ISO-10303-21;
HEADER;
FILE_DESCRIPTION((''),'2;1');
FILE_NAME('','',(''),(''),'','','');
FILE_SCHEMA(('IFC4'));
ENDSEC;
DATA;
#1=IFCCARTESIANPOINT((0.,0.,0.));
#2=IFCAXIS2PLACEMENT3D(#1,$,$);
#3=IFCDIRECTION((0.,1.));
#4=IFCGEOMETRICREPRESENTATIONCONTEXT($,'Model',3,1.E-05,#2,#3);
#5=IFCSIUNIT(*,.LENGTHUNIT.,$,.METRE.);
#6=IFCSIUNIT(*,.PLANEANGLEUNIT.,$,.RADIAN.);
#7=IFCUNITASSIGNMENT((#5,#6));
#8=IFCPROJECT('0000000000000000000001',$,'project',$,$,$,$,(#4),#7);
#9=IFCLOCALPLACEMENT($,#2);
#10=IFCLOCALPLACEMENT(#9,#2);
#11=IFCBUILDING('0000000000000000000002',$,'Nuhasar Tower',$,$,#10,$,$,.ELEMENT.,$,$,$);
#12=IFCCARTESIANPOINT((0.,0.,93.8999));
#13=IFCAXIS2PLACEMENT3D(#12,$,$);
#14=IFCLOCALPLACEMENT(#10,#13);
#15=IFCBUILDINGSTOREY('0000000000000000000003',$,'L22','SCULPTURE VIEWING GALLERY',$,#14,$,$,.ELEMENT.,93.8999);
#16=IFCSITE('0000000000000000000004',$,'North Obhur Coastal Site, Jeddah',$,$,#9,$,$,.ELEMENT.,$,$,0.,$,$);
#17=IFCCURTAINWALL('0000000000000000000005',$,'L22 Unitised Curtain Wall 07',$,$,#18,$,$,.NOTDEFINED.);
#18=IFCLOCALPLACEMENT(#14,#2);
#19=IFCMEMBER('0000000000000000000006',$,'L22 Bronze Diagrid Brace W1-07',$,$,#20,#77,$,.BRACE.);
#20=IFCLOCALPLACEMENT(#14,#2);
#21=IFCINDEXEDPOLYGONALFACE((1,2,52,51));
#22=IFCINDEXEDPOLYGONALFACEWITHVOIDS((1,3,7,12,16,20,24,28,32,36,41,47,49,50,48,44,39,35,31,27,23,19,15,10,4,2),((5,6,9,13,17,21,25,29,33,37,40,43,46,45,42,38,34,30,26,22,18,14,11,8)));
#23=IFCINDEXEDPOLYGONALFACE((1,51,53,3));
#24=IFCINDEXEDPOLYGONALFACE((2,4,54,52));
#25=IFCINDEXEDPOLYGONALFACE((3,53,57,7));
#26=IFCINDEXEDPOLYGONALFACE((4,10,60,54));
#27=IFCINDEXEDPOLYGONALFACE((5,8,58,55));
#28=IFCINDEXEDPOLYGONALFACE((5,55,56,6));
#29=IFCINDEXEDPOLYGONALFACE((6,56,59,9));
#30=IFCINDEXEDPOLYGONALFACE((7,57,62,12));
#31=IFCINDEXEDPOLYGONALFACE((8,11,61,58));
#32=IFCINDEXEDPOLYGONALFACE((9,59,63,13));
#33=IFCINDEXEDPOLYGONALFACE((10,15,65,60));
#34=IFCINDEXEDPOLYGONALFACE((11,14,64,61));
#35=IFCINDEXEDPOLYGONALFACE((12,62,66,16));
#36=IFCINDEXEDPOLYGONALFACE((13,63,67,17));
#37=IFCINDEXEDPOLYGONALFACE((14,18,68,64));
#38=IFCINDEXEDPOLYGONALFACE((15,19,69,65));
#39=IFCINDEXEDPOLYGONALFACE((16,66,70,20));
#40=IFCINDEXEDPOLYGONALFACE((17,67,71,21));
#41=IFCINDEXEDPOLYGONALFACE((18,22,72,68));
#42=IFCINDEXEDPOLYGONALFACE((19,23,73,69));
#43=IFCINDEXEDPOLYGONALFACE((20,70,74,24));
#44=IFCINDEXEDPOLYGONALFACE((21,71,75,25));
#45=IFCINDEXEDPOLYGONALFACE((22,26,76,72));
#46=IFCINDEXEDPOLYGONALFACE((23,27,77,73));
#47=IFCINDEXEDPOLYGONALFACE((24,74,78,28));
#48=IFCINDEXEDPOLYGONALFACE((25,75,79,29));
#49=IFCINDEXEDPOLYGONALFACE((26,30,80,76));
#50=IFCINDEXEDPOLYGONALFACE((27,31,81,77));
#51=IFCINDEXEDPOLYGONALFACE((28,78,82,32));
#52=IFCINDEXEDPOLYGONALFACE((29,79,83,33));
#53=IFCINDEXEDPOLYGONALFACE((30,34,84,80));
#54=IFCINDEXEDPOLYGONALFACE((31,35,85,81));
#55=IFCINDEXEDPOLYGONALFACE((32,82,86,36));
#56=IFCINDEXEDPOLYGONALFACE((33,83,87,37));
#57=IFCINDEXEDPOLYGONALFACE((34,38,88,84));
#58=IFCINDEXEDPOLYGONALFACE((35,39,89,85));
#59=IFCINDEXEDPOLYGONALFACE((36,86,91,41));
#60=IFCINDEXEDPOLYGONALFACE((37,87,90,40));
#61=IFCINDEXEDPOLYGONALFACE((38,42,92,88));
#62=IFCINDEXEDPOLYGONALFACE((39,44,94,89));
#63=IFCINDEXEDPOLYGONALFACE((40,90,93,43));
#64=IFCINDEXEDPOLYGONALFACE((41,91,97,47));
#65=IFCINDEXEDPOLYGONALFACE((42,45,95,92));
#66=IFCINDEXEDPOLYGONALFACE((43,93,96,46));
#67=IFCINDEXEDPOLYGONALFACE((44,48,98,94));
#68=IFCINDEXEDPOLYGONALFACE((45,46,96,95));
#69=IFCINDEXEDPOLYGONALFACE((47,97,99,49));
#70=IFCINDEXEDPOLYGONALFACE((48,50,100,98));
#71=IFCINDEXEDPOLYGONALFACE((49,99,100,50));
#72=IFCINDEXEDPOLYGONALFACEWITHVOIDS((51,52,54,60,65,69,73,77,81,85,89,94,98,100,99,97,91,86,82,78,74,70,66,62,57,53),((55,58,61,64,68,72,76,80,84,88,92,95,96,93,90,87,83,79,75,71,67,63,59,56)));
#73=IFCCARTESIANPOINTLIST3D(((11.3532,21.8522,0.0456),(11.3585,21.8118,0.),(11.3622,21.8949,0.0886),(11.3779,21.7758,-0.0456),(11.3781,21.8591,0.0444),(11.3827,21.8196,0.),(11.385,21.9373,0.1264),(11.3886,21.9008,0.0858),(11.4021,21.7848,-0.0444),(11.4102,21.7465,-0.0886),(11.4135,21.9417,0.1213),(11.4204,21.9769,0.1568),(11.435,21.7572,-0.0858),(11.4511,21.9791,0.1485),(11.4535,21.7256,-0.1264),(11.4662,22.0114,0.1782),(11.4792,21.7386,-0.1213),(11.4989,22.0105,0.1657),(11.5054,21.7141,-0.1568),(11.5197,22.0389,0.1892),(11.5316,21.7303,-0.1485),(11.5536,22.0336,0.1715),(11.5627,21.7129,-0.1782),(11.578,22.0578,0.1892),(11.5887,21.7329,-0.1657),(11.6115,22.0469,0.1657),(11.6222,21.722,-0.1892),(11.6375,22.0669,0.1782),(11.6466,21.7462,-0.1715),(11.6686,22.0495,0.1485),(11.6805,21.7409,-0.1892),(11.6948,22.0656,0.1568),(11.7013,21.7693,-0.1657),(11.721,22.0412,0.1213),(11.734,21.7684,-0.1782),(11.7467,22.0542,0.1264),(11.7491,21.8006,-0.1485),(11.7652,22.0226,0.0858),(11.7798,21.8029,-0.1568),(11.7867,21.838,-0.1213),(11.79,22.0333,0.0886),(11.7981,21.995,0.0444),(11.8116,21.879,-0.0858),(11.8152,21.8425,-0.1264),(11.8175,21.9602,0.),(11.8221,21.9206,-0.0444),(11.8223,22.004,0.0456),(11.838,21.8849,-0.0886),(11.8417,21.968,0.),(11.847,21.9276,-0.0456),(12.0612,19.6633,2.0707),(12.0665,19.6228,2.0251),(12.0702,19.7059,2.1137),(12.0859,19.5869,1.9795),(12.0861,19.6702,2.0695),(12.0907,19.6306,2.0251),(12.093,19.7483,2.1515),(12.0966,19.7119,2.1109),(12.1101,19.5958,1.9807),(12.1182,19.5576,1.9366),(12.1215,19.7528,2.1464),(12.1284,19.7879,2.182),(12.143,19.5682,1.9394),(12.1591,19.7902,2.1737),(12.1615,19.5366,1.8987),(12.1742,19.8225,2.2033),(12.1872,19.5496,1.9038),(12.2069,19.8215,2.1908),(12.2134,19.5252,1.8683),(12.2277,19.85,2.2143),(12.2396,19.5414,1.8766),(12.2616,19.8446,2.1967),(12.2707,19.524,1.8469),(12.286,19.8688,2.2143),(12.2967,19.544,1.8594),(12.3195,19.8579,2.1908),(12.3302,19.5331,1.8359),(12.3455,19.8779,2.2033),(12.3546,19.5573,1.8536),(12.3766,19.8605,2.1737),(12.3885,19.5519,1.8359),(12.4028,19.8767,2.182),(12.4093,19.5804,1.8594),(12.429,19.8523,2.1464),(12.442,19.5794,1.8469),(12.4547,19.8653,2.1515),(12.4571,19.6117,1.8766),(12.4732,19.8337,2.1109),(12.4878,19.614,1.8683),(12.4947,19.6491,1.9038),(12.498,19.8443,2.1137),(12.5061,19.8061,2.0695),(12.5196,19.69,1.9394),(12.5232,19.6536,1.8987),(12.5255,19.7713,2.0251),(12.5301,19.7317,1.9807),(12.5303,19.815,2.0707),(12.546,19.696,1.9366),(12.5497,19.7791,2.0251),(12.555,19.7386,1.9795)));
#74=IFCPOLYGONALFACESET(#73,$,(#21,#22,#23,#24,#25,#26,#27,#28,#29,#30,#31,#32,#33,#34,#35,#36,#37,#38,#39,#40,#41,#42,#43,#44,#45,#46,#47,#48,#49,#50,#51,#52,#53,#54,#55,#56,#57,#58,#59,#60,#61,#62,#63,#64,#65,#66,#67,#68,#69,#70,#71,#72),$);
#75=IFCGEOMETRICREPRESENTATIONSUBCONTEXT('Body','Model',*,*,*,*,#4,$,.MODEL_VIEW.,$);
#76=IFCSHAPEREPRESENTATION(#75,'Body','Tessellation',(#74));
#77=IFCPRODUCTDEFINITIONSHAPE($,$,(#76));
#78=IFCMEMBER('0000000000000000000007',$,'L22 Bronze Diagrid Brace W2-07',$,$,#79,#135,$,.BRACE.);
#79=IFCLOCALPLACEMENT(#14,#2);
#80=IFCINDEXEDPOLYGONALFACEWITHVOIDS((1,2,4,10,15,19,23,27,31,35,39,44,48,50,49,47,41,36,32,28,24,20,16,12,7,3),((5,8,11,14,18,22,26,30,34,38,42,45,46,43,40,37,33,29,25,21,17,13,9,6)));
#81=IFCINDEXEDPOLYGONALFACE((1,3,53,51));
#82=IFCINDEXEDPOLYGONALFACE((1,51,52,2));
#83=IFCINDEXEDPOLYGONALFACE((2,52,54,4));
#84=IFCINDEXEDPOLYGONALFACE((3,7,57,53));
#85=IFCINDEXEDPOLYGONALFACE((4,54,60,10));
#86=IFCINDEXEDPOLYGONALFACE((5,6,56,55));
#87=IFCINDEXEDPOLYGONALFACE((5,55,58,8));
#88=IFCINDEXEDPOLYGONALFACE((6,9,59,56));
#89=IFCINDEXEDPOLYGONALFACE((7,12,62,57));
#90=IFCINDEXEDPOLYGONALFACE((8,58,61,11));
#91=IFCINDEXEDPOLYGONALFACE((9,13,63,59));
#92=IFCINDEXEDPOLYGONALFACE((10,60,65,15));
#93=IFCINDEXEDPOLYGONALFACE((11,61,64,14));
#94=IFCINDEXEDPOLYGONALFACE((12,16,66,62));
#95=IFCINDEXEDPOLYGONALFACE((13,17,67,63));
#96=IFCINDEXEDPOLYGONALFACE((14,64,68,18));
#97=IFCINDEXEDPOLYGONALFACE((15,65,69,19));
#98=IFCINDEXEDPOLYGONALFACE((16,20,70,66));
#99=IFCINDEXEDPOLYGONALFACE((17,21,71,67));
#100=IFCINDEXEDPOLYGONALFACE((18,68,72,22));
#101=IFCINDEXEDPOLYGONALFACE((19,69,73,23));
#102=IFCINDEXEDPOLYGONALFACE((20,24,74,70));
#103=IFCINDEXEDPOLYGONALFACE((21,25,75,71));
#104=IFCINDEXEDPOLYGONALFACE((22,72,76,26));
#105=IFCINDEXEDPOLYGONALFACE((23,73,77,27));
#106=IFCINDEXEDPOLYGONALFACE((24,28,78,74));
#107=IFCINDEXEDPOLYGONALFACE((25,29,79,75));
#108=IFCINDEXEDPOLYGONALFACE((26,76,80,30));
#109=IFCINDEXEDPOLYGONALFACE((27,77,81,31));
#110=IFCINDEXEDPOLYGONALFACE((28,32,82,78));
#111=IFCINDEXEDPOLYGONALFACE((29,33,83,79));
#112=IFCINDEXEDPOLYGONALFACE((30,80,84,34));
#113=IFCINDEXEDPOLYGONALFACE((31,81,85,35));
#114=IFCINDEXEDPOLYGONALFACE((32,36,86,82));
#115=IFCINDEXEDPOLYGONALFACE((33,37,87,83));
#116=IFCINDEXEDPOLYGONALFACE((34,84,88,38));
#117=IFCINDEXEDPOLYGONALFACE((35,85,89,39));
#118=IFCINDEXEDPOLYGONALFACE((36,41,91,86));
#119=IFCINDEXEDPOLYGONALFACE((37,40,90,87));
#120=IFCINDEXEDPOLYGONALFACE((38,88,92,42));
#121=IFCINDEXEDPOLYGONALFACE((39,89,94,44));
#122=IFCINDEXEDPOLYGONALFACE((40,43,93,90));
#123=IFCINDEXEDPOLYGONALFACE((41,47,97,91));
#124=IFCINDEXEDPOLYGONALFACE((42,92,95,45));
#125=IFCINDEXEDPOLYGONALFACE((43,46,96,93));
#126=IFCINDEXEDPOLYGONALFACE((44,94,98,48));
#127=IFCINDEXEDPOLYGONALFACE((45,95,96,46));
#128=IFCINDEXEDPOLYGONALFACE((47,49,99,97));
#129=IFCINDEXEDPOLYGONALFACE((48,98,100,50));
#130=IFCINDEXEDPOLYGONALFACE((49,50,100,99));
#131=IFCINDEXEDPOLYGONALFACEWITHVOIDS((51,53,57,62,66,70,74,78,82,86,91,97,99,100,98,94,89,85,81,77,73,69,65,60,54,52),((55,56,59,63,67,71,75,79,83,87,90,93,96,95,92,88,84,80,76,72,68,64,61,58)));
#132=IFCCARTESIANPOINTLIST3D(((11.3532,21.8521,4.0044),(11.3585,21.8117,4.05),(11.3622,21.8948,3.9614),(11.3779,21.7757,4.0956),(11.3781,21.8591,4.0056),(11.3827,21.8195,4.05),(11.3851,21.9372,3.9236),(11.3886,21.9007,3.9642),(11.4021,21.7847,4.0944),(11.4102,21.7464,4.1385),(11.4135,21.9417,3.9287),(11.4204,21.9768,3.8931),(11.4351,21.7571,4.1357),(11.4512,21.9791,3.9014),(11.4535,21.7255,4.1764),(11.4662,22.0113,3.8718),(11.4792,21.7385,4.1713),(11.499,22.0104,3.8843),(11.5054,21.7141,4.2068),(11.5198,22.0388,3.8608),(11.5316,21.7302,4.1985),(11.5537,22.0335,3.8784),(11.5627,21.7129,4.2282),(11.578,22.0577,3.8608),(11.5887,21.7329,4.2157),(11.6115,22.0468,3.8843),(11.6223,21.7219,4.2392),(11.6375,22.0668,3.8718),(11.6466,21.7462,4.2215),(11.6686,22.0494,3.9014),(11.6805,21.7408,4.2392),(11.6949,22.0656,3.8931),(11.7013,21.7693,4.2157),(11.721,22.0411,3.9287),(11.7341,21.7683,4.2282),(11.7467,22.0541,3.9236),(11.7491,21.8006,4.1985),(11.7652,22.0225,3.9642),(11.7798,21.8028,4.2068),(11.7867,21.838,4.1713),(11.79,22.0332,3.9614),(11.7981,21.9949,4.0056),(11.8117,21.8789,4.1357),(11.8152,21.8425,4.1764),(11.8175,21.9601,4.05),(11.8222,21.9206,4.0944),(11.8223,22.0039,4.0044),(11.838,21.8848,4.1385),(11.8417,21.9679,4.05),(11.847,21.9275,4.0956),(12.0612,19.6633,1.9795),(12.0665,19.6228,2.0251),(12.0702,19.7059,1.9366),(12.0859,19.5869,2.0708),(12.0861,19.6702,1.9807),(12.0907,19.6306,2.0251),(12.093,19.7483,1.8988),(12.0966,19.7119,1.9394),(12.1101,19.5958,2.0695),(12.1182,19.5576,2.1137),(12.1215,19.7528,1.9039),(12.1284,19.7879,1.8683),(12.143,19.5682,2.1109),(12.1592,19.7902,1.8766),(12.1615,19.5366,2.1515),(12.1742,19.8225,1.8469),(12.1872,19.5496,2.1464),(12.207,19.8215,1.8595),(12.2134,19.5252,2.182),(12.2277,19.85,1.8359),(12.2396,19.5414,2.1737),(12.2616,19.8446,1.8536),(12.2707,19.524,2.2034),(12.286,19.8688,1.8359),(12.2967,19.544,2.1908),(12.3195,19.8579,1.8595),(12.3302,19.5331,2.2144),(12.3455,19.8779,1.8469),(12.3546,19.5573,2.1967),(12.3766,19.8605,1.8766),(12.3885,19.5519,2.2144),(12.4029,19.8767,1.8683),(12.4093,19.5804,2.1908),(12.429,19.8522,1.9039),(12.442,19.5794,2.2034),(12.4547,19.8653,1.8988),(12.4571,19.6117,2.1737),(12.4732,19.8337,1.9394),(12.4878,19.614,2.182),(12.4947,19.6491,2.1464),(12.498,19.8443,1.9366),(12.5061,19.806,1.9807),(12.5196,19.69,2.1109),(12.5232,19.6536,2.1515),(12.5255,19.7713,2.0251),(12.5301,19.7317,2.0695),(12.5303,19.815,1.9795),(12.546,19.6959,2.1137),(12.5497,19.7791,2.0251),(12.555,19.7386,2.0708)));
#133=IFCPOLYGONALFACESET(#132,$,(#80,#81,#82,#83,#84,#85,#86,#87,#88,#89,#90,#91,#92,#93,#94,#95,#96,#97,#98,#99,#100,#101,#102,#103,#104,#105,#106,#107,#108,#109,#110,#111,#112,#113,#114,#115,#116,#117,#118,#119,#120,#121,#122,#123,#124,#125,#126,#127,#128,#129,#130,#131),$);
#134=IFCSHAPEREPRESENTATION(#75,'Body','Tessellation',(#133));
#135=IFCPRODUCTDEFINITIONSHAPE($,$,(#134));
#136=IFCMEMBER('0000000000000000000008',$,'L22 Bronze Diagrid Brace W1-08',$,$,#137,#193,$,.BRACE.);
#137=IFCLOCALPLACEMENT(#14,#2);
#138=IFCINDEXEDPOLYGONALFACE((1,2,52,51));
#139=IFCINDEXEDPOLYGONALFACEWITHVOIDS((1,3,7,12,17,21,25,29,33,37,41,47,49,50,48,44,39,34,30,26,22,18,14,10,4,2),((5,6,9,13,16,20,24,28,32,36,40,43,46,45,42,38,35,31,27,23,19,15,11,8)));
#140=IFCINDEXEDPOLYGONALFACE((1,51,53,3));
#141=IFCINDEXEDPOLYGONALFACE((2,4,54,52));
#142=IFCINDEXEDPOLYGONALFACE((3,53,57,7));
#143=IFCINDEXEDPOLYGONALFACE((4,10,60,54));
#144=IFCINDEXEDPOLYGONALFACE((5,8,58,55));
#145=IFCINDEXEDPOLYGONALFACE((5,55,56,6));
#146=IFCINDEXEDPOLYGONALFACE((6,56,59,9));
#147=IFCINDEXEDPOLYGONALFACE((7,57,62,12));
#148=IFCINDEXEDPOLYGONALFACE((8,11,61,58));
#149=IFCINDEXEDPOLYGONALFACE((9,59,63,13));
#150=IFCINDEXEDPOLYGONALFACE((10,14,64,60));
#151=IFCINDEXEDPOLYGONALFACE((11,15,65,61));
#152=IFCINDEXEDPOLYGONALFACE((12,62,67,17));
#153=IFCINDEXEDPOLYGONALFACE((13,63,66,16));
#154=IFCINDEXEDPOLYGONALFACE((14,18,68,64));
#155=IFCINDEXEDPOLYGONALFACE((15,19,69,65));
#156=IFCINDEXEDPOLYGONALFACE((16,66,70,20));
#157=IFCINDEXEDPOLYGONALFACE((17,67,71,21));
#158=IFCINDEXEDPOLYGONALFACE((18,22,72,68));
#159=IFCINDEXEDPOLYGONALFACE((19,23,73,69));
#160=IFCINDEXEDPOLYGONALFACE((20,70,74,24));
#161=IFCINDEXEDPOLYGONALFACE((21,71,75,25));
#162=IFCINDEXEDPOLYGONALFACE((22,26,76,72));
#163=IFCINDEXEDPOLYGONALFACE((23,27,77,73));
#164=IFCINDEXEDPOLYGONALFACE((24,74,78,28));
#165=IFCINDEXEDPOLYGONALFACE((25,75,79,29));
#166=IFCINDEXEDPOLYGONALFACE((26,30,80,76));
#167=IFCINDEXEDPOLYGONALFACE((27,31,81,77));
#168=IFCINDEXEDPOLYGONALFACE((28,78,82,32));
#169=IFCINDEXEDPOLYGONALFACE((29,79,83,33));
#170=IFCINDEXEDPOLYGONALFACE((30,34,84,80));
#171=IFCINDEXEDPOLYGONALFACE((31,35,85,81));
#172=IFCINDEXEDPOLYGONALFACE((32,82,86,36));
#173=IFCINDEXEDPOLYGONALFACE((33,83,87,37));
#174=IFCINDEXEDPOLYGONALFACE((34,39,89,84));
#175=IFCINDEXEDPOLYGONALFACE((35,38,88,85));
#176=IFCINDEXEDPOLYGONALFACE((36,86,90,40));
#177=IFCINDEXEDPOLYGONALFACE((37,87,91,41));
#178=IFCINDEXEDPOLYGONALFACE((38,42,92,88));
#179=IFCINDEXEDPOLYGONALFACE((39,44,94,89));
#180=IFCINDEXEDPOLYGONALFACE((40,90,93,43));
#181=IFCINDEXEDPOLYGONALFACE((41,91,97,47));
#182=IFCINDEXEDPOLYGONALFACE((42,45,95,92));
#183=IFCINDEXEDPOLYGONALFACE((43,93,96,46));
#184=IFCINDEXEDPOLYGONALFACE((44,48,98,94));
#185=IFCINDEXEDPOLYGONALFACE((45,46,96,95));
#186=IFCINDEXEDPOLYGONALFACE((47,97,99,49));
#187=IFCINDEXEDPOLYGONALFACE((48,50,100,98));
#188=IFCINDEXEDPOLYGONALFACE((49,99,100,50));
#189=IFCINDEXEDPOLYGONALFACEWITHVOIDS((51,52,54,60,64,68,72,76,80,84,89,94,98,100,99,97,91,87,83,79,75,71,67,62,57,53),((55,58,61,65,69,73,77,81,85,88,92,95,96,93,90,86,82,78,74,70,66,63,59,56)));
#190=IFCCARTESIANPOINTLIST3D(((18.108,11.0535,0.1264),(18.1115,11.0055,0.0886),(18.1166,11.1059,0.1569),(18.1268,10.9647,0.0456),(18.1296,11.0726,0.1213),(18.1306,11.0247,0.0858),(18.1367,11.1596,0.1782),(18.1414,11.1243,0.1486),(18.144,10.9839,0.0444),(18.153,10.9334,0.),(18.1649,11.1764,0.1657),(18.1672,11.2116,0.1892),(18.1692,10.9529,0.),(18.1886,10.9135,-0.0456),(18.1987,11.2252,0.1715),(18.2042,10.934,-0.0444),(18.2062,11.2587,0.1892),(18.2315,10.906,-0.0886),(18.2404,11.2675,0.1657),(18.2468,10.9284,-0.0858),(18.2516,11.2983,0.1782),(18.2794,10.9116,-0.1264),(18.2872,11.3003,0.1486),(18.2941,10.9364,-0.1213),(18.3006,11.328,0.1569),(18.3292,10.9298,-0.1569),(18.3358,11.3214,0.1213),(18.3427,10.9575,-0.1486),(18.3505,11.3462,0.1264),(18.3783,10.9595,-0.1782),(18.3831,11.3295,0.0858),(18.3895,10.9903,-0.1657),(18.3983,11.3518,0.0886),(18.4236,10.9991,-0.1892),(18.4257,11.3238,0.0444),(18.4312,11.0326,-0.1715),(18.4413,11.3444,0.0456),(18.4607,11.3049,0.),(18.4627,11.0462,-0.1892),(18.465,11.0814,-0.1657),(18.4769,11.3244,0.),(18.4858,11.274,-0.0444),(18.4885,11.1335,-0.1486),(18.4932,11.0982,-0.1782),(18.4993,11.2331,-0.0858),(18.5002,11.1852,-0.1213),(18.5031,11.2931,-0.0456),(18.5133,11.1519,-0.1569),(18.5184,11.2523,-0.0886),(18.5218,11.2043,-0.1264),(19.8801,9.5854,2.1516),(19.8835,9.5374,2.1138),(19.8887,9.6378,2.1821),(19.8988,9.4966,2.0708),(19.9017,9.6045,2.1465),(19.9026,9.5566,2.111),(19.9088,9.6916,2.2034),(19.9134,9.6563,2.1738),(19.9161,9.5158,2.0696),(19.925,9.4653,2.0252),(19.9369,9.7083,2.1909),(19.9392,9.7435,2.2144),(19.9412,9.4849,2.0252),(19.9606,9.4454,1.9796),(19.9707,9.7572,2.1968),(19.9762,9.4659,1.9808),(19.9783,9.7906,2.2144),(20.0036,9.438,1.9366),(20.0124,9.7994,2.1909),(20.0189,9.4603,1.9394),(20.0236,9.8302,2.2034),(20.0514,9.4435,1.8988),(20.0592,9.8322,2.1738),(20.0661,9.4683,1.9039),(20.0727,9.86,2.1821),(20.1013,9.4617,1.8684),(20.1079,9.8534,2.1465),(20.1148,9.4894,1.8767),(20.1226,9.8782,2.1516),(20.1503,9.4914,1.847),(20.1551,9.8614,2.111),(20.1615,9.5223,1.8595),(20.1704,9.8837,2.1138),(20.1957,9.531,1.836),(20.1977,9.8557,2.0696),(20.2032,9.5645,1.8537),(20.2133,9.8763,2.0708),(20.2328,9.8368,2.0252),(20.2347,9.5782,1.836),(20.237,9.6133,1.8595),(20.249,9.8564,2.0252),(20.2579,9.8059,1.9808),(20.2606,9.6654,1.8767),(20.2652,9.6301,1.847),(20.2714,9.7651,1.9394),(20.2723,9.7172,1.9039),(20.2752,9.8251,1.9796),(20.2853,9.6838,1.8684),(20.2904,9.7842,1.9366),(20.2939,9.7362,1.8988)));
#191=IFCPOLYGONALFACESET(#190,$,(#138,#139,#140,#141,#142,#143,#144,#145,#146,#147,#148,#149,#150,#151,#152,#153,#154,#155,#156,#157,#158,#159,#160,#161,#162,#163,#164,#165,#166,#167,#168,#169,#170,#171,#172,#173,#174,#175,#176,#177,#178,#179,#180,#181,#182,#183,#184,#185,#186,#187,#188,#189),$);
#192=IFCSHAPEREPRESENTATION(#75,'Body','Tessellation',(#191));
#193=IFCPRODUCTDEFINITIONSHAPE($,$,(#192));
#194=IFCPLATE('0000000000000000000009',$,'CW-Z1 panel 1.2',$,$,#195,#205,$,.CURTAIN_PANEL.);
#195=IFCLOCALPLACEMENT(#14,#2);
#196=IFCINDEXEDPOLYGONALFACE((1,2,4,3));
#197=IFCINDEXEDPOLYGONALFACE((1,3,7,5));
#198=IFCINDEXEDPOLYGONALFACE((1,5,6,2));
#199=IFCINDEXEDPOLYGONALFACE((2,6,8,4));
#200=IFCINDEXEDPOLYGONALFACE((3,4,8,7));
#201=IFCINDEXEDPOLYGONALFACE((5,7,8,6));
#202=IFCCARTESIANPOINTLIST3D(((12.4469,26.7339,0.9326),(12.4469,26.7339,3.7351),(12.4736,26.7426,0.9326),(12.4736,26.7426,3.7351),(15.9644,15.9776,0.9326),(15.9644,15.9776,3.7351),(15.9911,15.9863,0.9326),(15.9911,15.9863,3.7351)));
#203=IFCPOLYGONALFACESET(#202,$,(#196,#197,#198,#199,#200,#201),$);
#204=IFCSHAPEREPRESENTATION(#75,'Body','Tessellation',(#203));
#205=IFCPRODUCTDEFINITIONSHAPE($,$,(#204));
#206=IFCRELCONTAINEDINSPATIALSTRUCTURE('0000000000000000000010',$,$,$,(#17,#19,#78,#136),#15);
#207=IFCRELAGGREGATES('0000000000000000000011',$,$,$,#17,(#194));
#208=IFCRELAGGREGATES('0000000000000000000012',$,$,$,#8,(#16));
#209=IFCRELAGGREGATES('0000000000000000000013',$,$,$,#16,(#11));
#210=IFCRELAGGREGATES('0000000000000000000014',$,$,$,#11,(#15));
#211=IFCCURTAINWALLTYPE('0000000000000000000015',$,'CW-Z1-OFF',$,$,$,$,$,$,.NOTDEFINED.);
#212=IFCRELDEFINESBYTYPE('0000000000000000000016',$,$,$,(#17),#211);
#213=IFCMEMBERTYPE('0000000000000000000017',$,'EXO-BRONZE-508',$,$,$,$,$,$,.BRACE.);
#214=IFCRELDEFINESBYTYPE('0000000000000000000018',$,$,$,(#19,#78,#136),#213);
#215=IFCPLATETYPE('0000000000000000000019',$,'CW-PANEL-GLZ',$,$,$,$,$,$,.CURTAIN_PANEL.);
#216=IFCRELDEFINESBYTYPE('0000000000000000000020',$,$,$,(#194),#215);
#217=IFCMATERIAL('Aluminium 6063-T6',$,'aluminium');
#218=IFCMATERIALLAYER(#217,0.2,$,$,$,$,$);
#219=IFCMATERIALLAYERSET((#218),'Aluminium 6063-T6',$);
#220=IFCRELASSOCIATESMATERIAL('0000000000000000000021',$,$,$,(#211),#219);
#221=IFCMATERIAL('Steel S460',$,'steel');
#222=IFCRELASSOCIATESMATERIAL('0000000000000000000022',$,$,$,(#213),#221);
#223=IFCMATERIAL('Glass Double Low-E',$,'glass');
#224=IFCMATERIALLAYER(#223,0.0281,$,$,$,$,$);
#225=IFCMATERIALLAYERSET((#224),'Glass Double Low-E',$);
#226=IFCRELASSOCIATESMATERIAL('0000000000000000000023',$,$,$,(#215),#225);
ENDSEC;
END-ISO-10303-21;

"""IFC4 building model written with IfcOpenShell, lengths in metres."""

from ifc_helpers import new_model, si_unit, direction, frame, origin, origin_2d, place, context, subcontext, project, spatial, rectangle, hollow_circle, extrude, material, layer, layer_set, material_profile, profile_set, type_object, element, aggregate, save


model = new_model("IFC4")

# Units and contexts
model_context = context("Model", 3, precision=1e-05, world=origin(), true_north=direction((0.0, 1.0)))
body_context = subcontext(model_context, "Body", "Model", "MODEL_VIEW")
ifc_project = project(units=[si_unit("LENGTHUNIT", "METRE"), si_unit("PLANEANGLEUNIT", "RADIAN")], contexts=[model_context])

# Site, building, storey
site_placement = place(None, origin())
site = spatial("IfcSite", under=ifc_project, at=site_placement, Name="North Obhur Coastal Site, Jeddah", CompositionType="ELEMENT", RefElevation=0.0)
building_placement = place(site_placement, origin())
building = spatial("IfcBuilding", under=site, at=building_placement, Name="Nuhasar Tower", CompositionType="ELEMENT")
storey_placement = place(building_placement, frame((0.0, 0.0, 93.8999)))
storey = spatial("IfcBuildingStorey", under=building, at=storey_placement, Name="L22", Description="SCULPTURE VIEWING GALLERY", CompositionType="ELEMENT", Elevation=93.8999)

# Curtain wall
ifc_material_1 = material(Name="Aluminium 6063-T6", Category="aluminium")
ifc_layer_1 = layer(ifc_material_1, 0.2)
ifc_layer_set_1 = layer_set([ifc_layer_1], Name="Aluminium 6063-T6")
curtain_wall_type = type_object("IfcCurtainWallType", Name="CW-Z1-OFF", PredefinedType="NOTDEFINED", material=ifc_layer_set_1)
curtain_wall_1_placement = place(storey_placement, origin())
curtain_wall_1 = element("IfcCurtainWall", 1, at=curtain_wall_1_placement, inside=storey, type_object=curtain_wall_type, Name="L22 Unitised Curtain Wall 07", PredefinedType="NOTDEFINED")

# Members
ifc_material_2 = material(Name="Steel S460", Category="steel")
ifc_material_profile_1 = material_profile(ifc_material_2, hollow_circle(Radius=0.2539, WallThickness=0.0254, at=origin_2d()), Name="HSS508X25.4")
ifc_profile_set_1 = profile_set([ifc_material_profile_1], Name="Steel S460")
member_type_1 = type_object("IfcMemberType", Name="EXO-BRONZE-508", PredefinedType="BRACE", material=ifc_profile_set_1)
member_1_placement = place(storey_placement, frame((11.6001, 21.8899, 0.0), z_axis=(0.231, -0.714187, 0.660739), x_axis=(0.951468, 0.307747, 0.0)))
element("IfcMember", 2, at=member_1_placement, inside=storey, type_object=member_type_1, Name="L22 Bronze Diagrid Brace W1-07", PredefinedType="BRACE", context=body_context, shape_type="SweptSolid", body=[
    extrude(hollow_circle(Radius=0.2539, WallThickness=0.0254, at=origin_2d()), origin(), (0.0, 0.0, 1.0), 3.0649),
])
member_2_placement = place(storey_placement, frame((12.3081, 19.7009, 2.0251), z_axis=(-0.231012, 0.714225, 0.660694), x_axis=(-0.951468, -0.307747, 0.0)))
element("IfcMember", 3, at=member_2_placement, inside=storey, type_object=member_type_1, Name="L22 Bronze Diagrid Brace W2-07", PredefinedType="BRACE", context=body_context, shape_type="SweptSolid", body=[
    extrude(hollow_circle(Radius=0.2539, WallThickness=0.0254, at=origin_2d()), origin(), (0.0, 0.0, 1.0), 3.0647),
])
member_3_placement = place(storey_placement, frame((18.3149, 11.1289, 0.0), z_axis=(0.578071, -0.478912, 0.660664), x_axis=(0.637969, 0.770062, 0.0)))
element("IfcMember", 4, at=member_3_placement, inside=storey, type_object=member_type_1, Name="L22 Bronze Diagrid Brace W1-08", PredefinedType="BRACE", context=body_context, shape_type="SweptSolid", body=[
    extrude(hollow_circle(Radius=0.2539, WallThickness=0.0254, at=origin_2d()), origin(), (0.0, 0.0, 1.0), 3.0654),
])

# Plate
ifc_material_3 = material(Name="Glass Double Low-E", Category="glass")
ifc_layer_2 = layer(ifc_material_3, 0.0281)
ifc_layer_set_2 = layer_set([ifc_layer_2], Name="Glass Double Low-E")
plate_type_1 = type_object("IfcPlateType", Name="CW-PANEL-GLZ", PredefinedType="CURTAIN_PANEL", material=ifc_layer_set_2)
plate_1_placement = place(storey_placement, frame((14.219, 21.3601, 0.9326), z_axis=(0.0, 0.0, 1.0), x_axis=(0.310824, -0.950468, 0.0)))
plate_1 = element("IfcPlate", 5, at=plate_1_placement, type_object=plate_type_1, Name="CW-Z1 panel 1.2", PredefinedType="CURTAIN_PANEL", context=body_context, shape_type="SweptSolid", body=[
    extrude(rectangle(XDim=11.3169, YDim=0.0281, at=origin_2d()), origin(), (0.0, 0.0, 1.0), 2.8025),
])
aggregate(curtain_wall_1, [plate_1])

save(model, "model.ifc")
